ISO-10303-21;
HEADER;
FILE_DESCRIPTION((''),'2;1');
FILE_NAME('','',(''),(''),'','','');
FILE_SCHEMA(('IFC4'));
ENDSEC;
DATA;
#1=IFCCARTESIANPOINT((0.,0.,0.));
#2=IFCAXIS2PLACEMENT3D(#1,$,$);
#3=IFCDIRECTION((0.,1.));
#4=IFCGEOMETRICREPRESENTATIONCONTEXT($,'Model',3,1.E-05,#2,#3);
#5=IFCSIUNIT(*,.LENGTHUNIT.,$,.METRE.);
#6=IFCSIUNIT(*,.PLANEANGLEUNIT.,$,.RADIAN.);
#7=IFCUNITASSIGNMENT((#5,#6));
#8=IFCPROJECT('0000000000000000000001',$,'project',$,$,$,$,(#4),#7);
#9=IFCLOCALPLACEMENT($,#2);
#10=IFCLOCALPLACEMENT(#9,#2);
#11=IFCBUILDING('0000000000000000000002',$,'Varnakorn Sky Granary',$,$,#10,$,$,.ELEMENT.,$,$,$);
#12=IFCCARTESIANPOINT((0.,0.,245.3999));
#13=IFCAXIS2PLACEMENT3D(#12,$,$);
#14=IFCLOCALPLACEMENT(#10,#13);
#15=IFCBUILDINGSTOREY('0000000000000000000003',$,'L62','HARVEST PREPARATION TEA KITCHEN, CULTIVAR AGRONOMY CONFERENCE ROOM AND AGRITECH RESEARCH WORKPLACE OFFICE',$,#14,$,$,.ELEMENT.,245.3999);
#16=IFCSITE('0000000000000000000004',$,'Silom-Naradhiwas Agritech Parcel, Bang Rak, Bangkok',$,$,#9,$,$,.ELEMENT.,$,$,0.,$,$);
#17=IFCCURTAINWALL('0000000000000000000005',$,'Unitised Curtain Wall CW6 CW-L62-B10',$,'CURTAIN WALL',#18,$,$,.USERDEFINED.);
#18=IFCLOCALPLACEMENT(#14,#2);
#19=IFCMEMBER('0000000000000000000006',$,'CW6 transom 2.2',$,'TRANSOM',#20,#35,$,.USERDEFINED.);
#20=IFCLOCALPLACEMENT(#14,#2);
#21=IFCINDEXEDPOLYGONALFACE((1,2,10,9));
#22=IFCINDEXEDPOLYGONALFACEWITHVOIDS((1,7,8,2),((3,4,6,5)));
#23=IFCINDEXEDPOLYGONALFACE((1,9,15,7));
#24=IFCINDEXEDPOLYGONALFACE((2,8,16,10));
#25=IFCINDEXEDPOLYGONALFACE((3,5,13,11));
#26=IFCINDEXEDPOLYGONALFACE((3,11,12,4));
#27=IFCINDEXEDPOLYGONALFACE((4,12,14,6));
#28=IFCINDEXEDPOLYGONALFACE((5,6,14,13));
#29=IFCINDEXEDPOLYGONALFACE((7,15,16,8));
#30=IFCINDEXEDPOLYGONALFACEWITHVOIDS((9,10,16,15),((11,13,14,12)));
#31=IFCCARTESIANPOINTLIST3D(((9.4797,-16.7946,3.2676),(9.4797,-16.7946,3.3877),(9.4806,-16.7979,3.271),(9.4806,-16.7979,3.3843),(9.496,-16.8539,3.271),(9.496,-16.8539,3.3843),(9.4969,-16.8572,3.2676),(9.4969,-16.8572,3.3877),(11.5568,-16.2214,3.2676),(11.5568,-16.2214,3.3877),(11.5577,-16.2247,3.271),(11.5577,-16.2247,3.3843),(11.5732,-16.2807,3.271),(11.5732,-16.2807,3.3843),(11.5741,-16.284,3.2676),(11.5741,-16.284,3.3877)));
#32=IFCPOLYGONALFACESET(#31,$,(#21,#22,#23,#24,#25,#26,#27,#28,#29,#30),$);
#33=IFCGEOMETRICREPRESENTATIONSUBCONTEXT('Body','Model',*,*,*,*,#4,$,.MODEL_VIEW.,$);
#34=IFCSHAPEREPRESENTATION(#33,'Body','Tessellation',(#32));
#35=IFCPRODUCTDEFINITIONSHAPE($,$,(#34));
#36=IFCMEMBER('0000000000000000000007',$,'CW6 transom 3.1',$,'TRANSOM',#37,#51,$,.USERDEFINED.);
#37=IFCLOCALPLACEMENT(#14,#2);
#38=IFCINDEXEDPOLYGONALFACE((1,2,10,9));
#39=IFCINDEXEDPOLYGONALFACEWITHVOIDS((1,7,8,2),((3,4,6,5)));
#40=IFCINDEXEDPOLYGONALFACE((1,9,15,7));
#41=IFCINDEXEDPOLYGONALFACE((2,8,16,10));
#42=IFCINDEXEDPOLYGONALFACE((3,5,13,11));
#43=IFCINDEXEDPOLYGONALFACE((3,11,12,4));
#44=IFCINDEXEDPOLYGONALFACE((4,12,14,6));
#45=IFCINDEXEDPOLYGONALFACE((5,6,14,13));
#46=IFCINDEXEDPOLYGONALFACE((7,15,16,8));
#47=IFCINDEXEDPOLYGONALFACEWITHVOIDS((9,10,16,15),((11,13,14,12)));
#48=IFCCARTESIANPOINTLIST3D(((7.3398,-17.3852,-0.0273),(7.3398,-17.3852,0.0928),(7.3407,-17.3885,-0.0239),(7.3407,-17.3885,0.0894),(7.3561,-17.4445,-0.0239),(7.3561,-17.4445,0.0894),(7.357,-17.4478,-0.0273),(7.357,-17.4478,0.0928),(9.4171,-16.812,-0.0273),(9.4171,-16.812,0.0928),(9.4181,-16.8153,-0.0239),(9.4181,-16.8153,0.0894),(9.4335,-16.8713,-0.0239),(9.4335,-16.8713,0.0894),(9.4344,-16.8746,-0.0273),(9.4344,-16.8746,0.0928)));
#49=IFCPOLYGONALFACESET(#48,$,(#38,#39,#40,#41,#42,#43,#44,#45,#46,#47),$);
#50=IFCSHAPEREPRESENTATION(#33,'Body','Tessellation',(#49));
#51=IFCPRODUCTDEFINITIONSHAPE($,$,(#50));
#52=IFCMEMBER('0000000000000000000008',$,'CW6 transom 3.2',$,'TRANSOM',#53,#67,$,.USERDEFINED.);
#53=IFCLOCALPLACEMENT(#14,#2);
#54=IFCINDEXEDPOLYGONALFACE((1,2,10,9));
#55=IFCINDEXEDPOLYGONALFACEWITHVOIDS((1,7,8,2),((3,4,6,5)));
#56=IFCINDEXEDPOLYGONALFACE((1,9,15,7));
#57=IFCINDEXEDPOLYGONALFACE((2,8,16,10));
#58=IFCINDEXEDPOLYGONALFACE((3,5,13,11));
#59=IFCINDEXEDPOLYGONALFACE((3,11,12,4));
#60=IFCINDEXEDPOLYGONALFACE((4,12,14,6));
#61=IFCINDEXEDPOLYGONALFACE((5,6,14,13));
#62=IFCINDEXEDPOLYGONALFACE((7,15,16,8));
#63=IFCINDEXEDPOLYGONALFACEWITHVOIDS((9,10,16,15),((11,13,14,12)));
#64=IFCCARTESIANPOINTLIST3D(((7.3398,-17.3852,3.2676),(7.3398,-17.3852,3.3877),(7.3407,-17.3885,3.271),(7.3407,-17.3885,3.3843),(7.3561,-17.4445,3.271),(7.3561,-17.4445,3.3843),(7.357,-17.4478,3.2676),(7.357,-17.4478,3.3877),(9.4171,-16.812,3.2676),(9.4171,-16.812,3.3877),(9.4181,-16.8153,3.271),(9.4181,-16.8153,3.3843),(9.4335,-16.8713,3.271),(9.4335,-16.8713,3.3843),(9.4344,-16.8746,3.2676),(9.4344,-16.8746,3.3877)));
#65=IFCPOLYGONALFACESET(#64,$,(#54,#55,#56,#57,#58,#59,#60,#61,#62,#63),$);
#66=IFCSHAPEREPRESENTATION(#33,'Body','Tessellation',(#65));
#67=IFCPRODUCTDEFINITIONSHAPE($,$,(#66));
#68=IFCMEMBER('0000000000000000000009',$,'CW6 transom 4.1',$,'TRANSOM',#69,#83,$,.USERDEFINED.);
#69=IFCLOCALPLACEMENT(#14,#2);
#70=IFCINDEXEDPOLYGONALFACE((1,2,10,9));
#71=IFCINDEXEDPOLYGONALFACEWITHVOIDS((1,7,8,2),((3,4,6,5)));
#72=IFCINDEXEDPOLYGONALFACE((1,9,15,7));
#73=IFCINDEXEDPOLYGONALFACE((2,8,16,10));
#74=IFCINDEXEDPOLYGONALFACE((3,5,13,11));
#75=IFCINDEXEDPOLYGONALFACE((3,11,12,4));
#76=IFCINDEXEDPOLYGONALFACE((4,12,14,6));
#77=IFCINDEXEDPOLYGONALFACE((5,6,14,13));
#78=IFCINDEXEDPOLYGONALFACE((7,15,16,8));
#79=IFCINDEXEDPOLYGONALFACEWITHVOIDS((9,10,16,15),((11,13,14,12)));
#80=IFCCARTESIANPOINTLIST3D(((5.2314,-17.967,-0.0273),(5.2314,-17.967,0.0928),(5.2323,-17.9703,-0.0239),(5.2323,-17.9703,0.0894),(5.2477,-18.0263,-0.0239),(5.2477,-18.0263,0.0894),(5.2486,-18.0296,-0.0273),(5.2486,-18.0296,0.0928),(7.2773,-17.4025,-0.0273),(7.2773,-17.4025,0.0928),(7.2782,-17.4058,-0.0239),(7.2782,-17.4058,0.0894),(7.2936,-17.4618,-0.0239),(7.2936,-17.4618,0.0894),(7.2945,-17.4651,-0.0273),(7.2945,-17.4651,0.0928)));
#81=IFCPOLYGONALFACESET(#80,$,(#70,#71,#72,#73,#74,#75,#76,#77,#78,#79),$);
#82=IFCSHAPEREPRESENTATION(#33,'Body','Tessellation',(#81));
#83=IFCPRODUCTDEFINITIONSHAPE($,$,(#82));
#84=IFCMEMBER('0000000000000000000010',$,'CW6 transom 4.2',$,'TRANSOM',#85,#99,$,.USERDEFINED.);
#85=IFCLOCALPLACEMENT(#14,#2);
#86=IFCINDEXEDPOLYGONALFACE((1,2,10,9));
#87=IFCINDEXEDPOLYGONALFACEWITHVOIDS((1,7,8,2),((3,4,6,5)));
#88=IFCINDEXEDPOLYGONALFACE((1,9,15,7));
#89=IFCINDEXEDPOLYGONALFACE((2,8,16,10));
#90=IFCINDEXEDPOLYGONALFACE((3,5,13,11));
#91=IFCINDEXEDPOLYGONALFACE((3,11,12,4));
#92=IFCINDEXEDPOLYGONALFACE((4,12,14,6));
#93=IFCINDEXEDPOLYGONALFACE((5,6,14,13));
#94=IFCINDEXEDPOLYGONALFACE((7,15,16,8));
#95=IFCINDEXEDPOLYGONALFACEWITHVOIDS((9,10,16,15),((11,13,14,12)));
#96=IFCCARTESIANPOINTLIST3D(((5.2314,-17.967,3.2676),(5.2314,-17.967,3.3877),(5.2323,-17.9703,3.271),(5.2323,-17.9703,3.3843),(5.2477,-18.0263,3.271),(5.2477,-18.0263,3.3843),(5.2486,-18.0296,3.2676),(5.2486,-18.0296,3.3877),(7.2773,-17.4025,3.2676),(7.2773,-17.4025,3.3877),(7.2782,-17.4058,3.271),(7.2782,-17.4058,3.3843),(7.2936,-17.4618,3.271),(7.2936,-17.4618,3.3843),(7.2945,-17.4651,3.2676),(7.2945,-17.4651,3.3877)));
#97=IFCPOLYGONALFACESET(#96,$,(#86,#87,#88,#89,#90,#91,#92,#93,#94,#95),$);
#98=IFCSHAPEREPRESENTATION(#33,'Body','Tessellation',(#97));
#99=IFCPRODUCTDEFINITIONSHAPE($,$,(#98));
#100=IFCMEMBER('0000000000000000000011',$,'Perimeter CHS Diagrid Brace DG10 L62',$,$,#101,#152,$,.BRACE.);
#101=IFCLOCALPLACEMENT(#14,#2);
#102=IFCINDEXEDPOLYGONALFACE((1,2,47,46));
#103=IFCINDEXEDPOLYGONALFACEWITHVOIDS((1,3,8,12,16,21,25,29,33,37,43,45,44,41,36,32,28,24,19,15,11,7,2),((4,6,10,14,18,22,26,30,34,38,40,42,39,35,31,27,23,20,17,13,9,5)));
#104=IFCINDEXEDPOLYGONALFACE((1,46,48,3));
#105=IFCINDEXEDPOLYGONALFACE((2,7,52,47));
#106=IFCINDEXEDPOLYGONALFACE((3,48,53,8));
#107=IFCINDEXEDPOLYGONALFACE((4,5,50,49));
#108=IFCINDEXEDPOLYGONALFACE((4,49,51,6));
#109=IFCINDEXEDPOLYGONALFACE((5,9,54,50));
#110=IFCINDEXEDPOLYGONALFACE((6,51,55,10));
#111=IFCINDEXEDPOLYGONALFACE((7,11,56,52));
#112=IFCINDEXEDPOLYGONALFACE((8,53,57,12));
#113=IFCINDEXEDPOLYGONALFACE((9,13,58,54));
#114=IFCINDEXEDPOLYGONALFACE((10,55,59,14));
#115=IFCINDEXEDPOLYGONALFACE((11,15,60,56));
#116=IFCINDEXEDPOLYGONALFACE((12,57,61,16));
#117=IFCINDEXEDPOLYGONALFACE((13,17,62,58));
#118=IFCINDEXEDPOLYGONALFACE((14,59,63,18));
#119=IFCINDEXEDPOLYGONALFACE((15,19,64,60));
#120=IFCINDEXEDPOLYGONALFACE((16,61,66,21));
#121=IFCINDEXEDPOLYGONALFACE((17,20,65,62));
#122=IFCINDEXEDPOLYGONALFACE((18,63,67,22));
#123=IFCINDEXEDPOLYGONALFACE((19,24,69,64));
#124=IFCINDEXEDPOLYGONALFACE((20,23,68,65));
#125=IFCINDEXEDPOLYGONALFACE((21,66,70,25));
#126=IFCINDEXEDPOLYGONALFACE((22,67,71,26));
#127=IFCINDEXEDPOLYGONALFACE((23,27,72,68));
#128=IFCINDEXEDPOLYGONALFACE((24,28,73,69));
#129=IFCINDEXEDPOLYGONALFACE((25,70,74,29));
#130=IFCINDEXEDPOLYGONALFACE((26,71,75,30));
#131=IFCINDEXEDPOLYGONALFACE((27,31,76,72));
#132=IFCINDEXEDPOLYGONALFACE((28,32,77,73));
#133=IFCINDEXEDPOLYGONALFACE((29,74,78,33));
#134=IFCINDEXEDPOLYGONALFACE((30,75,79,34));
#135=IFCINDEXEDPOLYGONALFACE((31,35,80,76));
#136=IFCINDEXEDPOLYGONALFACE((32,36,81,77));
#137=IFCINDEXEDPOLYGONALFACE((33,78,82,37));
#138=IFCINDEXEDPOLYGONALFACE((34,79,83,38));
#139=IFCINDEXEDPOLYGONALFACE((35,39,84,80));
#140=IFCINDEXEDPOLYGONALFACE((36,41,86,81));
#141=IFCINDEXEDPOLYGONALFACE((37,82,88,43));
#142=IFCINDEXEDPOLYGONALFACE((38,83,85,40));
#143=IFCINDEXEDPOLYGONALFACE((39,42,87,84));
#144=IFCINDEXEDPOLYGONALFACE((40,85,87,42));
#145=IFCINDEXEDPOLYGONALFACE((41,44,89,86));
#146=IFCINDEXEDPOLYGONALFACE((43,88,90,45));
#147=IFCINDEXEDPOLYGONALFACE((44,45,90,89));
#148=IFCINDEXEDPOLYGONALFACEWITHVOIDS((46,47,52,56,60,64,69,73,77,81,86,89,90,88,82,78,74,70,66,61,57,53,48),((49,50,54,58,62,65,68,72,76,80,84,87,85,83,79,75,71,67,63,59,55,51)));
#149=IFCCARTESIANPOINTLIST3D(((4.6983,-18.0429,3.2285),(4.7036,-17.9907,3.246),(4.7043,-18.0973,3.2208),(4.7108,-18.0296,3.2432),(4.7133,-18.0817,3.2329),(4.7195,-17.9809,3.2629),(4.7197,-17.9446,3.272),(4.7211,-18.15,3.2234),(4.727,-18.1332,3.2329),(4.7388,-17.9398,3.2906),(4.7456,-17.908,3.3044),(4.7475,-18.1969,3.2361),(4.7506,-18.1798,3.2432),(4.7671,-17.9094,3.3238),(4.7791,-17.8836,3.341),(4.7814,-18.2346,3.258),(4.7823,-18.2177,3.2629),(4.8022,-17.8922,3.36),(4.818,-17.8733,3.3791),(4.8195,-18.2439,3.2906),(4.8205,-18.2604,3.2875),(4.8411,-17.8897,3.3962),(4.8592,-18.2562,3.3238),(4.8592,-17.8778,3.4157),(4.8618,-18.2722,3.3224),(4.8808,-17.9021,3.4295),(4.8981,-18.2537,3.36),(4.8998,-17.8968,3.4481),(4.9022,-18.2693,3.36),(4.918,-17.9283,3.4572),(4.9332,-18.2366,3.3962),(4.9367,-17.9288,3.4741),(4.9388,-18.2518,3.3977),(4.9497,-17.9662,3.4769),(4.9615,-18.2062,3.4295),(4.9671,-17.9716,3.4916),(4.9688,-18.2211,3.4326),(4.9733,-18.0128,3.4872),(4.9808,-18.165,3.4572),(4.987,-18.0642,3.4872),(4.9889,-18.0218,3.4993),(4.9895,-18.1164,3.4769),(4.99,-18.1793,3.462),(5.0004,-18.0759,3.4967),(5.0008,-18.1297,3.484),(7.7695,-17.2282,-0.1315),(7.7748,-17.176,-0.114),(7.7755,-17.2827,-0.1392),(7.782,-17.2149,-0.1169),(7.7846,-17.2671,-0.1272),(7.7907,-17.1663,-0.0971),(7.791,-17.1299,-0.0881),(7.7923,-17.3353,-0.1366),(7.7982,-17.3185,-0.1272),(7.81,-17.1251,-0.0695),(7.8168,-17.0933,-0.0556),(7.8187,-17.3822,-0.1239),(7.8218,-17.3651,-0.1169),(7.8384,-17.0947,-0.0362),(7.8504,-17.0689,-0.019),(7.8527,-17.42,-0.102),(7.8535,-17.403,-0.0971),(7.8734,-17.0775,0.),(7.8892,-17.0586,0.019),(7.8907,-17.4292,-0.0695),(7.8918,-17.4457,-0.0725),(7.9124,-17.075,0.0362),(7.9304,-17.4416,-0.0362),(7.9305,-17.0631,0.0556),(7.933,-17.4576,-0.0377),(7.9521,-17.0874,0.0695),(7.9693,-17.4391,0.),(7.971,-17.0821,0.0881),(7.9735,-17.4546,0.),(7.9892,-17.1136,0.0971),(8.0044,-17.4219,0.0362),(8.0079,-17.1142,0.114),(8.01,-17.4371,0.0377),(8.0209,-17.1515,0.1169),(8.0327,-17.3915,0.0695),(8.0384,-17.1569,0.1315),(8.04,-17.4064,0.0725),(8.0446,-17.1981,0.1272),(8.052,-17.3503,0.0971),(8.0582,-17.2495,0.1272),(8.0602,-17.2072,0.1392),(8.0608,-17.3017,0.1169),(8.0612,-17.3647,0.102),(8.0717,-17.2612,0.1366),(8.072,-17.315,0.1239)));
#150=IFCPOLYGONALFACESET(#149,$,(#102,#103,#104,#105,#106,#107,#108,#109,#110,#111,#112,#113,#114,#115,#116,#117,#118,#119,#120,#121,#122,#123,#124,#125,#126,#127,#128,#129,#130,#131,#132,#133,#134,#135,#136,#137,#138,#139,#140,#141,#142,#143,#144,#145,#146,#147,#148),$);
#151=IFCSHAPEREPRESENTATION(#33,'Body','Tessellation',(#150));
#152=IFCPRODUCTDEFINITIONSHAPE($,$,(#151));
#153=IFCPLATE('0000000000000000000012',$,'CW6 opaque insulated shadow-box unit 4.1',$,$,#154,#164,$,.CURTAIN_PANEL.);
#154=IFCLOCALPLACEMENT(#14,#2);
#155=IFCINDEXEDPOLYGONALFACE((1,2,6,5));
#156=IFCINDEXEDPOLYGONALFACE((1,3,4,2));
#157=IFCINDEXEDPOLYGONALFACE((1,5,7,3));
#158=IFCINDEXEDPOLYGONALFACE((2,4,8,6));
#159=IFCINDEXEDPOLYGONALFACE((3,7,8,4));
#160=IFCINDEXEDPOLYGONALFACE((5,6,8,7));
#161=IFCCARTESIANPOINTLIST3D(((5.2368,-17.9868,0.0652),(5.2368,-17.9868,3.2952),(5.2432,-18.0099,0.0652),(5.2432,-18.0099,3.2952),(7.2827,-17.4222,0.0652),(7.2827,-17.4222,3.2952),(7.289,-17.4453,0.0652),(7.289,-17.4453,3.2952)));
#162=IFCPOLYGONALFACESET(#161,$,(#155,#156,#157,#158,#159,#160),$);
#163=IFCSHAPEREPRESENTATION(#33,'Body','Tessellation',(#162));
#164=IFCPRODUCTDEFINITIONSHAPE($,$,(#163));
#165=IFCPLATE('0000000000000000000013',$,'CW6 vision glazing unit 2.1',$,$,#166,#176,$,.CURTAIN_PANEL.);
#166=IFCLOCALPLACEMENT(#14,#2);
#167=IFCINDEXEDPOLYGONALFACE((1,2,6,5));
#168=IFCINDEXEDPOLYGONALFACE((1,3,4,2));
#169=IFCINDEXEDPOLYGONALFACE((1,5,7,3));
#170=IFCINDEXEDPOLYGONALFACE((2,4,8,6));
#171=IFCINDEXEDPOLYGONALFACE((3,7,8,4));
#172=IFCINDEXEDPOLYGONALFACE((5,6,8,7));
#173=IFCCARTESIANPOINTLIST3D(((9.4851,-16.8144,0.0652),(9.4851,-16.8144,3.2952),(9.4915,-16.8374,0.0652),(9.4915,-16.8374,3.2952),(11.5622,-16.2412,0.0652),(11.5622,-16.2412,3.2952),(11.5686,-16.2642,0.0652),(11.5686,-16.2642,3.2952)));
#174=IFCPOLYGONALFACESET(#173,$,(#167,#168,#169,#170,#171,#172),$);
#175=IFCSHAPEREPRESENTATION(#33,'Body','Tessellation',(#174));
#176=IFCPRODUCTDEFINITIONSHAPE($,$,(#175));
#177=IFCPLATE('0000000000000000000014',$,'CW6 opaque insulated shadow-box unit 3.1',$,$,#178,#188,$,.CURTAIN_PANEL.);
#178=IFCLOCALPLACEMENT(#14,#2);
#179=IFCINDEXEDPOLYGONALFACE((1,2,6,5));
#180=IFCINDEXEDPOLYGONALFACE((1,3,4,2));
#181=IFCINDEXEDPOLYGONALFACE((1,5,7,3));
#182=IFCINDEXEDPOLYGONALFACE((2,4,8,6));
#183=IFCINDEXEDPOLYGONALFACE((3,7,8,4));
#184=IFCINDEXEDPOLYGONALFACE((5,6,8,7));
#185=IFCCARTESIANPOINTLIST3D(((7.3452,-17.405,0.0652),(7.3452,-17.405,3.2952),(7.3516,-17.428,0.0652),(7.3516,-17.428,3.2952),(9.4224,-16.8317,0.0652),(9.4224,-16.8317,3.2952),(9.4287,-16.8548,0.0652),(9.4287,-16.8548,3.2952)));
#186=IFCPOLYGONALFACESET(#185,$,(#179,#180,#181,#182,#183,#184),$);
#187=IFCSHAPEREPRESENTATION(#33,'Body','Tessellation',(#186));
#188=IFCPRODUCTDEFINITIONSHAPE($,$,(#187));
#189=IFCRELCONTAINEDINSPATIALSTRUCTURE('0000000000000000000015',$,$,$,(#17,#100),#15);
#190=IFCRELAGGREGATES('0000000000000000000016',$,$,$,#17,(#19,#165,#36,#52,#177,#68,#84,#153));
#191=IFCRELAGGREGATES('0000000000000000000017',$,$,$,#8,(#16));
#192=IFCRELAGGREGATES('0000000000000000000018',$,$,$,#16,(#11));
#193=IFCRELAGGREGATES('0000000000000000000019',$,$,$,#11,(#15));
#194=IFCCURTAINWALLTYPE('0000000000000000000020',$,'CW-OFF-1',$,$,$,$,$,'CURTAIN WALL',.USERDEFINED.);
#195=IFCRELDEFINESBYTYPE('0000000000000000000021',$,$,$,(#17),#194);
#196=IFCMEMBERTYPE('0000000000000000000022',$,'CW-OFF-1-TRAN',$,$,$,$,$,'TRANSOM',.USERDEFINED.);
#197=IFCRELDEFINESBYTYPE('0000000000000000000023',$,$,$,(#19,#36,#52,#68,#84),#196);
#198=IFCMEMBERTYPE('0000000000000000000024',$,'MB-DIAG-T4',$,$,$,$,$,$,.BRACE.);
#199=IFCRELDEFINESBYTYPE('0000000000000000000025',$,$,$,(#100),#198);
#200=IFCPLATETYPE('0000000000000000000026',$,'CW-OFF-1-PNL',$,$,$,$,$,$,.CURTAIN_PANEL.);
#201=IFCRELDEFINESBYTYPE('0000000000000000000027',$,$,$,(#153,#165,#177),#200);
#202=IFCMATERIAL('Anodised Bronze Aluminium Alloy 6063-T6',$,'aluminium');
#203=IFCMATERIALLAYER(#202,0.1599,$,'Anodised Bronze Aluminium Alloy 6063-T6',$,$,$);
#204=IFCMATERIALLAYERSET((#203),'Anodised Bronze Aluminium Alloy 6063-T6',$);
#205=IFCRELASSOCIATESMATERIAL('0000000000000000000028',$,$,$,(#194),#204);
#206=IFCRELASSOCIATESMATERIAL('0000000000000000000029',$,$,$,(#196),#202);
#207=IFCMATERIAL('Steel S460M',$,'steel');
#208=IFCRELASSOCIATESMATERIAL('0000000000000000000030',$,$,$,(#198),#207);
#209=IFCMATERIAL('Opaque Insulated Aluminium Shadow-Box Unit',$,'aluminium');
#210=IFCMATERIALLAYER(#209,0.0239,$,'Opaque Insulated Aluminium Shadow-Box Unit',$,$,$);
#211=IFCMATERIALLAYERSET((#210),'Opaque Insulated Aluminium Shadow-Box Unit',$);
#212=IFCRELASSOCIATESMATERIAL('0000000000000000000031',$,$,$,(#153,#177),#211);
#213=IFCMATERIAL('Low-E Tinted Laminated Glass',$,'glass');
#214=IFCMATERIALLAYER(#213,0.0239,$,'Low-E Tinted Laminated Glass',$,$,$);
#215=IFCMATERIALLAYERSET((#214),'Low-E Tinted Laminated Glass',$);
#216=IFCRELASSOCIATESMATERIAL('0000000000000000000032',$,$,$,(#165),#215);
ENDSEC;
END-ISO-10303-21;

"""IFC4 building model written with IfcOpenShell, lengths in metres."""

from ifc_helpers import new_model, si_unit, direction, frame, origin, origin_2d, place, context, subcontext, project, spatial, rectangle, hollow_rectangle, hollow_circle, extrude, source, transform, mapped, material, layer, layer_set, material_profile, profile_set, type_object, type_shapes, element, aggregate, save


model = new_model("IFC4")

# Units and contexts
model_context = context("Model", 3, precision=1e-05, world=origin(), true_north=direction((0.0, 1.0)))
body_context = subcontext(model_context, "Body", "Model", "MODEL_VIEW")
ifc_project = project(units=[si_unit("LENGTHUNIT", "METRE"), si_unit("PLANEANGLEUNIT", "RADIAN")], contexts=[model_context])

# Site, building, storey
site_placement = place(None, origin())
site = spatial("IfcSite", under=ifc_project, at=site_placement, Name="Silom-Naradhiwas Agritech Parcel, Bang Rak, Bangkok", CompositionType="ELEMENT", RefElevation=0.0)
building_placement = place(site_placement, origin())
building = spatial("IfcBuilding", under=site, at=building_placement, Name="Varnakorn Sky Granary", CompositionType="ELEMENT")
storey_placement = place(building_placement, frame((0.0, 0.0, 245.3999)))
storey = spatial("IfcBuildingStorey", under=building, at=storey_placement, Name="L62", Description="HARVEST PREPARATION TEA KITCHEN, CULTIVAR AGRONOMY CONFERENCE ROOM AND AGRITECH RESEARCH WORKPLACE OFFICE", CompositionType="ELEMENT", Elevation=245.3999)

# Shared definitions
ifc_material_1 = material(Name="Steel S460M", Category="steel")

# Curtain wall, members
ifc_material_2 = material(Name="Anodised Bronze Aluminium Alloy 6063-T6", Category="aluminium")
ifc_layer_1 = layer(ifc_material_2, 0.1599, Name="Anodised Bronze Aluminium Alloy 6063-T6")
ifc_layer_set_1 = layer_set([ifc_layer_1], Name="Anodised Bronze Aluminium Alloy 6063-T6")
curtain_wall_type = type_object("IfcCurtainWallType", Name="CW-OFF-1", ElementType="CURTAIN WALL", PredefinedType="USERDEFINED", material=ifc_layer_set_1)
curtain_wall_placement = place(storey_placement, origin())
curtain_wall = element("IfcCurtainWall", 1, at=curtain_wall_placement, inside=storey, type_object=curtain_wall_type, Name="Unitised Curtain Wall CW6 CW-L62-B10", ObjectType="CURTAIN WALL", PredefinedType="USERDEFINED")
ifc_material_profile_1 = material_profile(ifc_material_2, hollow_rectangle(XDim=0.0649, YDim=0.1201, WallThickness=0.0034, at=origin_2d()), Name="ALU TRAN 65x120")
ifc_profile_set_1 = profile_set([ifc_material_profile_1], Name="Anodised Bronze Aluminium Alloy 6063-T6")
member_type_1 = type_object("IfcMemberType", Name="CW-OFF-1-TRAN", ElementType="TRANSOM", PredefinedType="USERDEFINED", material=ifc_profile_set_1)
member_1_placement = place(storey_placement, frame((11.5654, -16.2527, 3.3276), z_axis=(-0.963965, -0.266031, 0.0), x_axis=(0.266031, -0.963965, 0.0)))
member_1 = element("IfcMember", 2, at=member_1_placement, type_object=member_type_1, Name="CW6 transom 2.2", ObjectType="TRANSOM", PredefinedType="USERDEFINED", context=body_context, shape_type="SweptSolid", body=[
    extrude(hollow_rectangle(XDim=0.0649, YDim=0.1201, WallThickness=0.0034, at=origin_2d()), origin(), (0.0, 0.0, 1.0), 2.1548),
])
member_2_placement = place(storey_placement, frame((9.4258, -16.8433, 0.0327), z_axis=(-0.963973, -0.266002, 0.0), x_axis=(0.266002, -0.963973, 0.0)))
member_2 = element("IfcMember", 3, at=member_2_placement, type_object=member_type_1, Name="CW6 transom 3.1", ObjectType="TRANSOM", PredefinedType="USERDEFINED", context=body_context, shape_type="SweptSolid", body=[
    extrude(hollow_rectangle(XDim=0.0649, YDim=0.1201, WallThickness=0.0034, at=origin_2d()), origin(), (0.0, 0.0, 1.0), 2.155),
])
member_3_placement = place(storey_placement, frame((9.4258, -16.8433, 3.3276), z_axis=(-0.963973, -0.266002, 0.0), x_axis=(0.266002, -0.963973, 0.0)))
member_3 = element("IfcMember", 4, at=member_3_placement, type_object=member_type_1, Name="CW6 transom 3.2", ObjectType="TRANSOM", PredefinedType="USERDEFINED", context=body_context, shape_type="SweptSolid", body=[
    extrude(hollow_rectangle(XDim=0.0649, YDim=0.1201, WallThickness=0.0034, at=origin_2d()), origin(), (0.0, 0.0, 1.0), 2.155),
])
member_4_placement = place(storey_placement, frame((7.2859, -17.4338, 0.0327), z_axis=(-0.963984, -0.265958, 0.0), x_axis=(0.265958, -0.963984, 0.0)))
member_4 = element("IfcMember", 5, at=member_4_placement, type_object=member_type_1, Name="CW6 transom 4.1", ObjectType="TRANSOM", PredefinedType="USERDEFINED", context=body_context, shape_type="SweptSolid", body=[
    extrude(hollow_rectangle(XDim=0.0649, YDim=0.1201, WallThickness=0.0034, at=origin_2d()), origin(), (0.0, 0.0, 1.0), 2.1223),
])
member_5_placement = place(storey_placement, frame((7.2859, -17.4338, 3.3276), z_axis=(-0.963984, -0.265958, 0.0), x_axis=(0.265958, -0.963984, 0.0)))
member_5 = element("IfcMember", 6, at=member_5_placement, type_object=member_type_1, Name="CW6 transom 4.2", ObjectType="TRANSOM", PredefinedType="USERDEFINED", context=body_context, shape_type="SweptSolid", body=[
    extrude(hollow_rectangle(XDim=0.0649, YDim=0.1201, WallThickness=0.0034, at=origin_2d()), origin(), (0.0, 0.0, 1.0), 2.1223),
])

# Member
ifc_material_profile_2 = material_profile(ifc_material_1, hollow_circle(Radius=0.2031, WallThickness=0.0161, at=origin_2d()), Name="CHS 406.4x16")
ifc_profile_set_2 = profile_set([ifc_material_profile_2], Name="Steel S460M")
member_type_2 = type_object("IfcMemberType", Name="MB-DIAG-T4", PredefinedType="BRACE", material=ifc_profile_set_2)
member_6_placement = place(storey_placement, frame((7.9214, -17.2583, 0.0), z_axis=(-0.664121, -0.176166, 0.726573), x_axis=(0.256395, -0.966572, 0.0)))
element("IfcMember", 7, at=member_6_placement, inside=storey, type_object=member_type_2, Name="Perimeter CHS Diagrid Brace DG10 L62", PredefinedType="BRACE", context=body_context, shape_type="SweptSolid", body=[
    extrude(hollow_circle(Radius=0.2031, WallThickness=0.0161, at=origin_2d()), origin(), (0.0, 0.0, 1.0), 4.6245),
])

# Plates
ifc_material_3 = material(Name="Opaque Insulated Aluminium Shadow-Box Unit", Category="aluminium")
ifc_layer_2 = layer(ifc_material_3, 0.0239, Name="Opaque Insulated Aluminium Shadow-Box Unit")
ifc_layer_set_2 = layer_set([ifc_layer_2], Name="Opaque Insulated Aluminium Shadow-Box Unit")
plate_type = type_object("IfcPlateType", Name="CW-OFF-1-PNL", PredefinedType="CURTAIN_PANEL")
shared_shape_1 = source(origin(), body_context, "Body", "SweptSolid", [
    extrude(rectangle(XDim=2.1223, YDim=0.0239, at=origin_2d()), origin(), (0.0, 0.0, 1.0), 3.23),
])
plate_1_placement = place(storey_placement, frame((6.2629, -17.7161, 0.0652), z_axis=(0.0, 0.0, 1.0), x_axis=(-0.963967, -0.266022, 0.0)))
plate_1 = element("IfcPlate", 8, at=plate_1_placement, type_object=plate_type, material=ifc_layer_set_2, Name="CW6 opaque insulated shadow-box unit 4.1", PredefinedType="CURTAIN_PANEL", context=body_context, shape_type="MappedRepresentation", body=[
    mapped(shared_shape_1, transform((0.0, 0.0, 0.0), x_axis=(1.0, 0.0, 0.0), y_axis=(0.0, 1.0, 0.0), z_axis=(0.0, 0.0, 1.0), scale=1.0)),
])
ifc_material_4 = material(Name="Low-E Tinted Laminated Glass", Category="glass")
ifc_layer_3 = layer(ifc_material_4, 0.0239, Name="Low-E Tinted Laminated Glass")
ifc_layer_set_3 = layer_set([ifc_layer_3], Name="Low-E Tinted Laminated Glass")
shared_shape_2 = source(origin(), body_context, "Body", "SweptSolid", [
    extrude(rectangle(XDim=2.1548, YDim=0.0239, at=origin_2d()), origin(), (0.0, 0.0, 1.0), 3.23),
])
type_shapes(plate_type, [shared_shape_1, shared_shape_2])
plate_2_placement = place(storey_placement, frame((10.5269, -16.5393, 0.0652), z_axis=(0.0, 0.0, 1.0), x_axis=(-0.963967, -0.266022, 0.0)))
plate_2 = element("IfcPlate", 9, at=plate_2_placement, type_object=plate_type, material=ifc_layer_set_3, Name="CW6 vision glazing unit 2.1", PredefinedType="CURTAIN_PANEL", context=body_context, shape_type="MappedRepresentation", body=[
    mapped(shared_shape_2, transform((0.0, 0.0, 0.0), x_axis=(1.0, 0.0, 0.0), y_axis=(0.0, 1.0, 0.0), z_axis=(0.0, 0.0, 1.0), scale=1.0)),
])
plate_3_placement = place(storey_placement, frame((8.387, -17.1299, 0.0652), z_axis=(0.0, 0.0, 1.0), x_axis=(-0.963967, -0.266022, 0.0)))
plate_3 = element("IfcPlate", 10, at=plate_3_placement, type_object=plate_type, material=ifc_layer_set_2, Name="CW6 opaque insulated shadow-box unit 3.1", PredefinedType="CURTAIN_PANEL", context=body_context, shape_type="MappedRepresentation", body=[
    mapped(shared_shape_2, transform((0.0, 0.0, 0.0), x_axis=(1.0, 0.0, 0.0), y_axis=(0.0, 1.0, 0.0), z_axis=(0.0, 0.0, 1.0), scale=1.0)),
])
aggregate(curtain_wall, [member_1, plate_2, member_2, member_3, plate_3, member_4, member_5, plate_1])

save(model, "model.ifc")
